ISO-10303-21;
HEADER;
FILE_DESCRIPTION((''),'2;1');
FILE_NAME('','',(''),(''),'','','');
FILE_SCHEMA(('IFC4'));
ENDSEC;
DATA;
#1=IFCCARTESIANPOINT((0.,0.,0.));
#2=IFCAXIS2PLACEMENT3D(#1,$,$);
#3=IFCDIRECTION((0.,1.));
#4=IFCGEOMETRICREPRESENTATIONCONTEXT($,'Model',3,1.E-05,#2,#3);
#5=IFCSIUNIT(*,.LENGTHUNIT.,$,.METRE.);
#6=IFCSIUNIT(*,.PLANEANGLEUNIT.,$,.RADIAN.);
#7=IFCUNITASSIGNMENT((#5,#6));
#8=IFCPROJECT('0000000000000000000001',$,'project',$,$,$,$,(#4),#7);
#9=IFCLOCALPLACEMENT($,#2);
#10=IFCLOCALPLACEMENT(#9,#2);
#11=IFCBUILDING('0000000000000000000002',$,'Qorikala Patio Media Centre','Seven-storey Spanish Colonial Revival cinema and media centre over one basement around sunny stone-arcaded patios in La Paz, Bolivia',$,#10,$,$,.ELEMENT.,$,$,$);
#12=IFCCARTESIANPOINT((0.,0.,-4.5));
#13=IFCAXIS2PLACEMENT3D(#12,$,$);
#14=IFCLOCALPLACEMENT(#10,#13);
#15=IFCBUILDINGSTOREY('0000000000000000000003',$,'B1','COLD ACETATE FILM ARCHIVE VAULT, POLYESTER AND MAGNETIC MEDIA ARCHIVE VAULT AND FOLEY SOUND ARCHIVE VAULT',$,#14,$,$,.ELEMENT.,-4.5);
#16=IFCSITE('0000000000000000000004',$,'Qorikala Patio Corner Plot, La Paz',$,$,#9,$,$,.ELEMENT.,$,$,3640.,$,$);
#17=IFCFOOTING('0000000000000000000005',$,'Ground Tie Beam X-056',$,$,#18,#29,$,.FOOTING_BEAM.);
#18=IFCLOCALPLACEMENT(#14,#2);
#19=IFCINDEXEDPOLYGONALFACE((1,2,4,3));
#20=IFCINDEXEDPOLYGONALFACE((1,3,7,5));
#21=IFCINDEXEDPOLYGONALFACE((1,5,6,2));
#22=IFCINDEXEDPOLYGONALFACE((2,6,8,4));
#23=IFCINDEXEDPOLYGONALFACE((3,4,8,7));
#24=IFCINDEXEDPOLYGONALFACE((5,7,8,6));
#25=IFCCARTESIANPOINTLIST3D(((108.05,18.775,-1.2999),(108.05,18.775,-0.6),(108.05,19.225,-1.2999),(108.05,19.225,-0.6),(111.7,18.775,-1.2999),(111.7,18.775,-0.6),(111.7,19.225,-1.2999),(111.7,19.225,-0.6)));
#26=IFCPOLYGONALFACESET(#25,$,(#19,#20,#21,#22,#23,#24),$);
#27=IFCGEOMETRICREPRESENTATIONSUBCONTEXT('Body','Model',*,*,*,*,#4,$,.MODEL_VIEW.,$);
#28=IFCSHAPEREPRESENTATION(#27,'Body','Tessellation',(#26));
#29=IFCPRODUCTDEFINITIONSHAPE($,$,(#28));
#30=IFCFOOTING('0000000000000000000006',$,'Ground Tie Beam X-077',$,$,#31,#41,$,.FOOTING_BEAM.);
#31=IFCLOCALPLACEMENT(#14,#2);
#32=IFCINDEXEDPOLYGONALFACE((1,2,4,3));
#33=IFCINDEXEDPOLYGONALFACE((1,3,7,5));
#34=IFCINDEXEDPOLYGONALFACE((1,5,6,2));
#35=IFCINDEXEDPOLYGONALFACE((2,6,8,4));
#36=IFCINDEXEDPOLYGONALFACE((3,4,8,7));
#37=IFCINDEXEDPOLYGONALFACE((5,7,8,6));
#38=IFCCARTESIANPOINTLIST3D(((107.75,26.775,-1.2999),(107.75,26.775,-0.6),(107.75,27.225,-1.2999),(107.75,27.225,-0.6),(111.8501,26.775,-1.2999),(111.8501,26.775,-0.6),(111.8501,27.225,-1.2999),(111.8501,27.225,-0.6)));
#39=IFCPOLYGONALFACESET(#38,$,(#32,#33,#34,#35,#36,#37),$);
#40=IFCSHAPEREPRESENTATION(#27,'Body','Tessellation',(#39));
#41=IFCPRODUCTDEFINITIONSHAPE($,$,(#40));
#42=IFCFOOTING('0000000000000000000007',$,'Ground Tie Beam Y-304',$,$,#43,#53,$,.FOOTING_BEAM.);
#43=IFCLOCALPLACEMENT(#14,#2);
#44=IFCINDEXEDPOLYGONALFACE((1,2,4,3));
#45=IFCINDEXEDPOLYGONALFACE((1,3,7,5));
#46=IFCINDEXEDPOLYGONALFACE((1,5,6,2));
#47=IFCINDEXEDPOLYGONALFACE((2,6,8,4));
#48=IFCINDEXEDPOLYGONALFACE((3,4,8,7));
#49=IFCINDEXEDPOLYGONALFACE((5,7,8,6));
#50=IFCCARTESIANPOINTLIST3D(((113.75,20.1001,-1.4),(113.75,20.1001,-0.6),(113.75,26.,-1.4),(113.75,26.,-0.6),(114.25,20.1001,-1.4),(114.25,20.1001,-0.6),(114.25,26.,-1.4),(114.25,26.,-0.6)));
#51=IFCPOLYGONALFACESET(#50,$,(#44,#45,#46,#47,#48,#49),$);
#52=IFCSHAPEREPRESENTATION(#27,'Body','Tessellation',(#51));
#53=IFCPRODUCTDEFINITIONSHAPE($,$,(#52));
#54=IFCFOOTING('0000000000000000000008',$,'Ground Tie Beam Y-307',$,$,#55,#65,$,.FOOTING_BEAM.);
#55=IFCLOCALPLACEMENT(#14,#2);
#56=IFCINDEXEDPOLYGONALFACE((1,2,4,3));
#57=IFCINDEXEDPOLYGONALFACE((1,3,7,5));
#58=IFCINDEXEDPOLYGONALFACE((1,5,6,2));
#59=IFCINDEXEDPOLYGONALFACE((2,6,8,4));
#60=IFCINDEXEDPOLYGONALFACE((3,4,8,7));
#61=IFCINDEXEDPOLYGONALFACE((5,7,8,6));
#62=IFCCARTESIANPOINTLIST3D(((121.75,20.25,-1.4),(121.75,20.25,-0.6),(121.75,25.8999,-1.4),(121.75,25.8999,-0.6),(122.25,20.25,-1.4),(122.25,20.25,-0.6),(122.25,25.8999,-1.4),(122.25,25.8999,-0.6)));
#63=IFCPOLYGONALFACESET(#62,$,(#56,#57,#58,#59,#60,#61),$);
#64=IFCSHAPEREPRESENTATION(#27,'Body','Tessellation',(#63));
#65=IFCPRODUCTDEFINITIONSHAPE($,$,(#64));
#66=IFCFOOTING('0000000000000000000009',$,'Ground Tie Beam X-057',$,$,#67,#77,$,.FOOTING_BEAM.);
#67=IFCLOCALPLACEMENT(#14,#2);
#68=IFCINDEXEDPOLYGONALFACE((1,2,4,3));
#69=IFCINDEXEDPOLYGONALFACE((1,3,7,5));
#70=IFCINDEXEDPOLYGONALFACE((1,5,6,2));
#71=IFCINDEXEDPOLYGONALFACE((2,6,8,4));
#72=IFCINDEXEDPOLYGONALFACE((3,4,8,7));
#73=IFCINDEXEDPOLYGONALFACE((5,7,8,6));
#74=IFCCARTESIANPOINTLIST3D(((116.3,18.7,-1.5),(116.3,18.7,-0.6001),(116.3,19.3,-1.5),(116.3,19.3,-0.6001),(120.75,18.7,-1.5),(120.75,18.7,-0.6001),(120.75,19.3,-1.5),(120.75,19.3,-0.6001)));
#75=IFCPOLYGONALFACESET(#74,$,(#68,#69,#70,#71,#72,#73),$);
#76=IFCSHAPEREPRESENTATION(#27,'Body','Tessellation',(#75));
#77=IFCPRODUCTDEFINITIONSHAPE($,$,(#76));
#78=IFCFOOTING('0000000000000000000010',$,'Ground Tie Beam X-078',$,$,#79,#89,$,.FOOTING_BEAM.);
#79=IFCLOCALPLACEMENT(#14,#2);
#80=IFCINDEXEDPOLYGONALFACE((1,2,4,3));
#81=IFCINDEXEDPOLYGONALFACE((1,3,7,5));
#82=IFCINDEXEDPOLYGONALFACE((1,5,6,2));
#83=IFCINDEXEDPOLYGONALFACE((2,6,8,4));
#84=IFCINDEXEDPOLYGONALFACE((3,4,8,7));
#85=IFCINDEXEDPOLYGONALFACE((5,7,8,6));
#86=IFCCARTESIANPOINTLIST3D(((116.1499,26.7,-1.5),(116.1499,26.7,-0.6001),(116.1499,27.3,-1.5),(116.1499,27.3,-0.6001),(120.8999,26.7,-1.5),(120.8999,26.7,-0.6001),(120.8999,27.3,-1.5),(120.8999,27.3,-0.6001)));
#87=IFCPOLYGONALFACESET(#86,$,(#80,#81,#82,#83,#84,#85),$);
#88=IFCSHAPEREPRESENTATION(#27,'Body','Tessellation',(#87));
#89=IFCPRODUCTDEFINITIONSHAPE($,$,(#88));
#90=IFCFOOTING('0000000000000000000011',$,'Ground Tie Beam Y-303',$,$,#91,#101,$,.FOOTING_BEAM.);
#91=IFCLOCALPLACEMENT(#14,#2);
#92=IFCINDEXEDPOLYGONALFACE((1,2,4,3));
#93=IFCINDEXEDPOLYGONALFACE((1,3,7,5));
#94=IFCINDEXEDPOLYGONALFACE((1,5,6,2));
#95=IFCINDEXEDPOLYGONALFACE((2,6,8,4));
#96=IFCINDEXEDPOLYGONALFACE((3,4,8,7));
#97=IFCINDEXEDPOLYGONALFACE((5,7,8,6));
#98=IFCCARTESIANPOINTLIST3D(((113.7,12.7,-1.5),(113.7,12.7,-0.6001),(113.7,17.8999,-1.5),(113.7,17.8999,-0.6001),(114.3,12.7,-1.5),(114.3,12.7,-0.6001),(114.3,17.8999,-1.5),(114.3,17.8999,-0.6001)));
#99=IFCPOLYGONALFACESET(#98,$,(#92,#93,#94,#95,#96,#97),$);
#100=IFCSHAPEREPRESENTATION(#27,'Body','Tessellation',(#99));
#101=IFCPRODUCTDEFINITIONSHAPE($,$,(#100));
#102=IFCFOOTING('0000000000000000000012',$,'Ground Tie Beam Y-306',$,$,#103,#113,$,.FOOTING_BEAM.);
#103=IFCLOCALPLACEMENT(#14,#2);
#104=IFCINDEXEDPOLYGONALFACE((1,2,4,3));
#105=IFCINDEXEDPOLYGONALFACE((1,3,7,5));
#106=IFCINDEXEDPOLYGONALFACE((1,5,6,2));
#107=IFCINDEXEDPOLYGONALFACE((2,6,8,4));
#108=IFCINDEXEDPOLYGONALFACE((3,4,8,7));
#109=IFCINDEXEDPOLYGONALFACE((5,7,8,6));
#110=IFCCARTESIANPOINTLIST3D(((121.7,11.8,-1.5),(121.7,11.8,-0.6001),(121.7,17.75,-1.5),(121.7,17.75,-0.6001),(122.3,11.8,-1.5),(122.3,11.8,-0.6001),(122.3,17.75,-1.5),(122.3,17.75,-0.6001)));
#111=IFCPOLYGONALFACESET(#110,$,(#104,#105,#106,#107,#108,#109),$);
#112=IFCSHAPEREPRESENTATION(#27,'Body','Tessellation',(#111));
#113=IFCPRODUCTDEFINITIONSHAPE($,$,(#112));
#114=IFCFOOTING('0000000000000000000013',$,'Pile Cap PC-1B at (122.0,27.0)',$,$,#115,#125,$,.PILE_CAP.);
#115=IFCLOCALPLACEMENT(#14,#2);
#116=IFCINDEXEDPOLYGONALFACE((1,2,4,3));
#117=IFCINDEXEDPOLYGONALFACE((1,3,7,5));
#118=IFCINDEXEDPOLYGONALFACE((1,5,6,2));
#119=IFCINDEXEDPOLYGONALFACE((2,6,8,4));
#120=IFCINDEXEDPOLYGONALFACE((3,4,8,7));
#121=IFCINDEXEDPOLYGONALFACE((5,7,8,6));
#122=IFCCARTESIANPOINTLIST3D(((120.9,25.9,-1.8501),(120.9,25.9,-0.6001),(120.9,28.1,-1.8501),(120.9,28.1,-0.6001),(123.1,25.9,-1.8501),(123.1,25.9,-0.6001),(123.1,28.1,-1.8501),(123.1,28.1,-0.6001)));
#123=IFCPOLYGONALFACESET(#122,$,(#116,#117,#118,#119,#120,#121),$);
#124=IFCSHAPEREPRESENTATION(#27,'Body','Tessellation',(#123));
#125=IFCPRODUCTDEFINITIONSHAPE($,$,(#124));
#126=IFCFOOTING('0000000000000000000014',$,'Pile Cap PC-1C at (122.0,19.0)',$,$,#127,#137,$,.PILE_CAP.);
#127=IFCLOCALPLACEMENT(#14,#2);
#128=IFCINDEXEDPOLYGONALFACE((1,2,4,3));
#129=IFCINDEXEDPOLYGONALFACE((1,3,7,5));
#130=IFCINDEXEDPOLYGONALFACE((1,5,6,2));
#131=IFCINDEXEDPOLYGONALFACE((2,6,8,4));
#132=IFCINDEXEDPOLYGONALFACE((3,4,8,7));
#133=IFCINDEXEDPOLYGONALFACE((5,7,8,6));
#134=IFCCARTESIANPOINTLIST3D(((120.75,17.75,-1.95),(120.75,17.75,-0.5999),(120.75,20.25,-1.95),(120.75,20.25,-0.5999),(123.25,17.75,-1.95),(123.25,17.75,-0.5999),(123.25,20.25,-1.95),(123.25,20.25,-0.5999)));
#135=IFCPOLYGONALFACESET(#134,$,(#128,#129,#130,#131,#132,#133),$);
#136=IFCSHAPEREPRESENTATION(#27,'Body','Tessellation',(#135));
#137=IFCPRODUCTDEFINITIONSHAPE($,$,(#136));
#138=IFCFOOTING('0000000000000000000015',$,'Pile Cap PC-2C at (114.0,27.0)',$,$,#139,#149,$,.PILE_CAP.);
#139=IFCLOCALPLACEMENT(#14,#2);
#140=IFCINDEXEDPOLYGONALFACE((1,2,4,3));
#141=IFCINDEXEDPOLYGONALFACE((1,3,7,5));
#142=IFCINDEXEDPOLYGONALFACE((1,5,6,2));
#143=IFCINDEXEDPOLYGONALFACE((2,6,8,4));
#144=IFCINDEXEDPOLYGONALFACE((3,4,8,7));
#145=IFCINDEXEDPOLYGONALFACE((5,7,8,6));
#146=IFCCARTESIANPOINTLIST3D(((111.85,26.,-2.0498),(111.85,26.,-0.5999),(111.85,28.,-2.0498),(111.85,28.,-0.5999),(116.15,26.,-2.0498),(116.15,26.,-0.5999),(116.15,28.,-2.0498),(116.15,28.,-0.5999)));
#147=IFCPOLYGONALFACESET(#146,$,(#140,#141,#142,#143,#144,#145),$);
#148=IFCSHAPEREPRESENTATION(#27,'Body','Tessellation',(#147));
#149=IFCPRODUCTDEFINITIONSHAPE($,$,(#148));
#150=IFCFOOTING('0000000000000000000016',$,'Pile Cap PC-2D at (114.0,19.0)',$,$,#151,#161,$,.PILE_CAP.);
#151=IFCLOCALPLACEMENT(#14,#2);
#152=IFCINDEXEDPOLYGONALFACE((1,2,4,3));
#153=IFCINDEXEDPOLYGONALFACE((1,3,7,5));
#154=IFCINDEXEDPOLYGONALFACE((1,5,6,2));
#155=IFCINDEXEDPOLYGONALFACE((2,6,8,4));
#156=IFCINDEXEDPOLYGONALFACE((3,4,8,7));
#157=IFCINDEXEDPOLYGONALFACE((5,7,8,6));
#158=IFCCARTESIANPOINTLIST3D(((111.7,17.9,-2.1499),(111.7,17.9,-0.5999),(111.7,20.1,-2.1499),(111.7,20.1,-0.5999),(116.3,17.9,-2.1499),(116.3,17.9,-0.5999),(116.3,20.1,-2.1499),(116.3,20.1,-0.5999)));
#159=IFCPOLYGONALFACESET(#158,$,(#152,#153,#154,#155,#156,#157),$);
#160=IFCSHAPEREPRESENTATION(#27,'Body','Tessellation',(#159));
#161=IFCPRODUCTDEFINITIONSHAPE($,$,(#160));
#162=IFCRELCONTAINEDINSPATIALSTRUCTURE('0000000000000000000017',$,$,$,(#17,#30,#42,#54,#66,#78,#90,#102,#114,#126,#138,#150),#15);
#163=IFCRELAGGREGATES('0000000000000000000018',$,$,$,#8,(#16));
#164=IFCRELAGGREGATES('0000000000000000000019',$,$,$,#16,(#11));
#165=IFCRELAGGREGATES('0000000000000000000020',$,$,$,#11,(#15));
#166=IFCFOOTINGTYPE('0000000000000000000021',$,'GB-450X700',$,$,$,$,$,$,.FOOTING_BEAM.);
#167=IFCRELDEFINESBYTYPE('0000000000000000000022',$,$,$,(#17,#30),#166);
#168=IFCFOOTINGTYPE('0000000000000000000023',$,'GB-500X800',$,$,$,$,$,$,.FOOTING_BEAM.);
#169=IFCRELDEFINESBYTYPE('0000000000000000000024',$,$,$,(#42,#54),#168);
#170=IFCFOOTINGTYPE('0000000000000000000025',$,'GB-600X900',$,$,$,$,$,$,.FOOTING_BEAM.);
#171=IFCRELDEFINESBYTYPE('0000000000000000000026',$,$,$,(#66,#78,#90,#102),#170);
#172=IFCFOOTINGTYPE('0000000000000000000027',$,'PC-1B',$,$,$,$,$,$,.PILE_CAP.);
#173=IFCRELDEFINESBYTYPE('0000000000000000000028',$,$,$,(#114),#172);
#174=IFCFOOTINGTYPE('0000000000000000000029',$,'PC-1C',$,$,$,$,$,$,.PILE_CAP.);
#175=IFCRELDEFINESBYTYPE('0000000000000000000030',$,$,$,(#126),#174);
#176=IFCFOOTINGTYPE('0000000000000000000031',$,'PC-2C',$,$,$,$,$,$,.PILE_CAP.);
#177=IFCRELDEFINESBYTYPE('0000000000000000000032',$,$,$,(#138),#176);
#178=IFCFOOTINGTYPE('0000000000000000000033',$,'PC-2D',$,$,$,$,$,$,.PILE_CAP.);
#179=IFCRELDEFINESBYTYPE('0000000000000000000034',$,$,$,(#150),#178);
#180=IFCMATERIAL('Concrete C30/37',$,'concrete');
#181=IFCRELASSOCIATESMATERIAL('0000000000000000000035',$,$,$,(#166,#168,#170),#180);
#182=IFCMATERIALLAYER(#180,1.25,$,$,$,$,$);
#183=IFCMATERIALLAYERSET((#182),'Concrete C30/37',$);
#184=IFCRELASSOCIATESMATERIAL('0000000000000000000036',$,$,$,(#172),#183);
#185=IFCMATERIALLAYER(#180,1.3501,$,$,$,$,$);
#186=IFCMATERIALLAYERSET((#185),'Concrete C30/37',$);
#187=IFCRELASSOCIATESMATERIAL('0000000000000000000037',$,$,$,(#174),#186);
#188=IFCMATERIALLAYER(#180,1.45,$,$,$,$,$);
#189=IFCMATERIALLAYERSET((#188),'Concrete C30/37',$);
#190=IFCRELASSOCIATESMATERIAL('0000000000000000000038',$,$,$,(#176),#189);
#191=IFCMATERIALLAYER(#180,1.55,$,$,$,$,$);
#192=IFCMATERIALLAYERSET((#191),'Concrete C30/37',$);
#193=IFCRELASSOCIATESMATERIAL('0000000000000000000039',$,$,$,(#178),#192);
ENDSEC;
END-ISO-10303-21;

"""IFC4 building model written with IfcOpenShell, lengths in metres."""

from ifc_helpers import new_model, si_unit, direction, frame, origin, origin_2d, place, context, subcontext, project, spatial, rectangle, extrude, material, layer, layer_set, material_profile, profile_set, type_object, element, save


model = new_model("IFC4")

# Units and contexts
model_context = context("Model", 3, precision=1e-05, world=origin(), true_north=direction((0.0, 1.0)))
body_context = subcontext(model_context, "Body", "Model", "MODEL_VIEW")
ifc_project = project(units=[si_unit("LENGTHUNIT", "METRE"), si_unit("PLANEANGLEUNIT", "RADIAN")], contexts=[model_context])

# Site, building, storey
site_placement = place(None, origin())
site = spatial("IfcSite", under=ifc_project, at=site_placement, Name="Qorikala Patio Corner Plot, La Paz", CompositionType="ELEMENT", RefElevation=3640.0)
building_placement = place(site_placement, origin())
building = spatial("IfcBuilding", under=site, at=building_placement, Name="Qorikala Patio Media Centre", Description="Seven-storey Spanish Colonial Revival cinema and media centre over one basement around sunny stone-arcaded patios in La Paz, Bolivia", CompositionType="ELEMENT")
storey_placement = place(building_placement, frame((0.0, 0.0, -4.5)))
storey = spatial("IfcBuildingStorey", under=building, at=storey_placement, Name="B1", Description="COLD ACETATE FILM ARCHIVE VAULT, POLYESTER AND MAGNETIC MEDIA ARCHIVE VAULT AND FOLEY SOUND ARCHIVE VAULT", CompositionType="ELEMENT", Elevation=-4.5)

# Footings
ifc_material_1 = material(Name="Concrete C30/37", Category="concrete")
ifc_material_profile_1 = material_profile(ifc_material_1, rectangle(XDim=0.45, YDim=0.7, at=origin_2d()), Name="RC 450x700")
ifc_profile_set_1 = profile_set([ifc_material_profile_1], Name="Concrete C30/37")
footing_type_1 = type_object("IfcFootingType", Name="GB-450X700", PredefinedType="FOOTING_BEAM", material=ifc_profile_set_1)
footing_1_placement = place(storey_placement, frame((108.05, 19.0, -0.95), z_axis=(1.0, 0.0, 0.0), x_axis=(0.0, 1.0, 0.0)))
element("IfcFooting", 1, at=footing_1_placement, inside=storey, type_object=footing_type_1, Name="Ground Tie Beam X-056", PredefinedType="FOOTING_BEAM", context=body_context, shape_type="SweptSolid", body=[
    extrude(rectangle(XDim=0.45, YDim=0.7, at=origin_2d()), origin(), (0.0, 0.0, 1.0), 3.6499),
])
footing_2_placement = place(storey_placement, frame((107.75, 27.0, -0.95), z_axis=(1.0, 0.0, 0.0), x_axis=(0.0, 1.0, 0.0)))
element("IfcFooting", 2, at=footing_2_placement, inside=storey, type_object=footing_type_1, Name="Ground Tie Beam X-077", PredefinedType="FOOTING_BEAM", context=body_context, shape_type="SweptSolid", body=[
    extrude(rectangle(XDim=0.45, YDim=0.7, at=origin_2d()), origin(), (0.0, 0.0, 1.0), 4.1001),
])
ifc_material_profile_2 = material_profile(ifc_material_1, rectangle(XDim=0.5, YDim=0.8, at=origin_2d()), Name="RC 500x800")
ifc_profile_set_2 = profile_set([ifc_material_profile_2], Name="Concrete C30/37")
footing_type_2 = type_object("IfcFootingType", Name="GB-500X800", PredefinedType="FOOTING_BEAM", material=ifc_profile_set_2)
footing_3_placement = place(storey_placement, frame((114.0, 20.1001, -1.0), z_axis=(0.0, 1.0, 0.0), x_axis=(-1.0, 0.0, 0.0)))
element("IfcFooting", 3, at=footing_3_placement, inside=storey, type_object=footing_type_2, Name="Ground Tie Beam Y-304", PredefinedType="FOOTING_BEAM", context=body_context, shape_type="SweptSolid", body=[
    extrude(rectangle(XDim=0.5, YDim=0.8, at=origin_2d()), origin(), (0.0, 0.0, 1.0), 5.8999),
])
footing_4_placement = place(storey_placement, frame((122.0, 20.25, -1.0), z_axis=(0.0, 1.0, 0.0), x_axis=(-1.0, 0.0, 0.0)))
element("IfcFooting", 4, at=footing_4_placement, inside=storey, type_object=footing_type_2, Name="Ground Tie Beam Y-307", PredefinedType="FOOTING_BEAM", context=body_context, shape_type="SweptSolid", body=[
    extrude(rectangle(XDim=0.5, YDim=0.8, at=origin_2d()), origin(), (0.0, 0.0, 1.0), 5.6499),
])
ifc_material_profile_3 = material_profile(ifc_material_1, rectangle(XDim=0.6001, YDim=0.8999, at=origin_2d()), Name="RC 600x900")
ifc_profile_set_3 = profile_set([ifc_material_profile_3], Name="Concrete C30/37")
footing_type_3 = type_object("IfcFootingType", Name="GB-600X900", PredefinedType="FOOTING_BEAM", material=ifc_profile_set_3)
footing_5_placement = place(storey_placement, frame((116.3, 19.0, -1.05), z_axis=(1.0, 0.0, 0.0), x_axis=(0.0, 1.0, 0.0)))
element("IfcFooting", 5, at=footing_5_placement, inside=storey, type_object=footing_type_3, Name="Ground Tie Beam X-057", PredefinedType="FOOTING_BEAM", context=body_context, shape_type="SweptSolid", body=[
    extrude(rectangle(XDim=0.6001, YDim=0.8999, at=origin_2d()), origin(), (0.0, 0.0, 1.0), 4.45),
])
footing_6_placement = place(storey_placement, frame((116.1499, 27.0, -1.05), z_axis=(1.0, 0.0, 0.0), x_axis=(0.0, 1.0, 0.0)))
element("IfcFooting", 6, at=footing_6_placement, inside=storey, type_object=footing_type_3, Name="Ground Tie Beam X-078", PredefinedType="FOOTING_BEAM", context=body_context, shape_type="SweptSolid", body=[
    extrude(rectangle(XDim=0.6001, YDim=0.8999, at=origin_2d()), origin(), (0.0, 0.0, 1.0), 4.75),
])
footing_7_placement = place(storey_placement, frame((114.0, 12.7, -1.05), z_axis=(0.0, 1.0, 0.0), x_axis=(-1.0, 0.0, 0.0)))
element("IfcFooting", 7, at=footing_7_placement, inside=storey, type_object=footing_type_3, Name="Ground Tie Beam Y-303", PredefinedType="FOOTING_BEAM", context=body_context, shape_type="SweptSolid", body=[
    extrude(rectangle(XDim=0.6001, YDim=0.8999, at=origin_2d()), origin(), (0.0, 0.0, 1.0), 5.2),
])
footing_8_placement = place(storey_placement, frame((122.0, 11.8, -1.05), z_axis=(0.0, 1.0, 0.0), x_axis=(-1.0, 0.0, 0.0)))
element("IfcFooting", 8, at=footing_8_placement, inside=storey, type_object=footing_type_3, Name="Ground Tie Beam Y-306", PredefinedType="FOOTING_BEAM", context=body_context, shape_type="SweptSolid", body=[
    extrude(rectangle(XDim=0.6001, YDim=0.8999, at=origin_2d()), origin(), (0.0, 0.0, 1.0), 5.95),
])
ifc_layer_1 = layer(ifc_material_1, 1.25)
ifc_layer_set_1 = layer_set([ifc_layer_1], Name="Concrete C30/37")
footing_type_4 = type_object("IfcFootingType", Name="PC-1B", PredefinedType="PILE_CAP", material=ifc_layer_set_1)
footing_9_placement = place(storey_placement, frame((122.0, 27.0, -1.8501), z_axis=(0.0, 0.0, 1.0), x_axis=(1.0, 0.0, 0.0)))
element("IfcFooting", 9, at=footing_9_placement, inside=storey, type_object=footing_type_4, Name="Pile Cap PC-1B at (122.0,27.0)", PredefinedType="PILE_CAP", context=body_context, shape_type="SweptSolid", body=[
    extrude(rectangle(XDim=2.2, YDim=2.2, at=origin_2d()), origin(), (0.0, 0.0, 1.0), 1.25),
])
ifc_layer_2 = layer(ifc_material_1, 1.3501)
ifc_layer_set_2 = layer_set([ifc_layer_2], Name="Concrete C30/37")
footing_type_5 = type_object("IfcFootingType", Name="PC-1C", PredefinedType="PILE_CAP", material=ifc_layer_set_2)
footing_10_placement = place(storey_placement, frame((122.0, 19.0, -1.95), z_axis=(0.0, 0.0, 1.0), x_axis=(1.0, 0.0, 0.0)))
element("IfcFooting", 10, at=footing_10_placement, inside=storey, type_object=footing_type_5, Name="Pile Cap PC-1C at (122.0,19.0)", PredefinedType="PILE_CAP", context=body_context, shape_type="SweptSolid", body=[
    extrude(rectangle(XDim=2.5, YDim=2.5, at=origin_2d()), origin(), (0.0, 0.0, 1.0), 1.3501),
])
ifc_layer_3 = layer(ifc_material_1, 1.45)
ifc_layer_set_3 = layer_set([ifc_layer_3], Name="Concrete C30/37")
footing_type_6 = type_object("IfcFootingType", Name="PC-2C", PredefinedType="PILE_CAP", material=ifc_layer_set_3)
footing_11_placement = place(storey_placement, frame((114.0, 27.0, -2.0498), z_axis=(0.0, 0.0, 1.0), x_axis=(1.0, 0.0, 0.0)))
element("IfcFooting", 11, at=footing_11_placement, inside=storey, type_object=footing_type_6, Name="Pile Cap PC-2C at (114.0,27.0)", PredefinedType="PILE_CAP", context=body_context, shape_type="SweptSolid", body=[
    extrude(rectangle(XDim=4.3, YDim=2.0, at=origin_2d()), origin(), (0.0, 0.0, 1.0), 1.45),
])
ifc_layer_4 = layer(ifc_material_1, 1.55)
ifc_layer_set_4 = layer_set([ifc_layer_4], Name="Concrete C30/37")
footing_type_7 = type_object("IfcFootingType", Name="PC-2D", PredefinedType="PILE_CAP", material=ifc_layer_set_4)
footing_12_placement = place(storey_placement, frame((114.0, 19.0, -2.1499), z_axis=(0.0, 0.0, 1.0), x_axis=(1.0, 0.0, 0.0)))
element("IfcFooting", 12, at=footing_12_placement, inside=storey, type_object=footing_type_7, Name="Pile Cap PC-2D at (114.0,19.0)", PredefinedType="PILE_CAP", context=body_context, shape_type="SweptSolid", body=[
    extrude(rectangle(XDim=4.6001, YDim=2.2, at=origin_2d()), origin(), (0.0, 0.0, 1.0), 1.55),
])

save(model, "model.ifc")
